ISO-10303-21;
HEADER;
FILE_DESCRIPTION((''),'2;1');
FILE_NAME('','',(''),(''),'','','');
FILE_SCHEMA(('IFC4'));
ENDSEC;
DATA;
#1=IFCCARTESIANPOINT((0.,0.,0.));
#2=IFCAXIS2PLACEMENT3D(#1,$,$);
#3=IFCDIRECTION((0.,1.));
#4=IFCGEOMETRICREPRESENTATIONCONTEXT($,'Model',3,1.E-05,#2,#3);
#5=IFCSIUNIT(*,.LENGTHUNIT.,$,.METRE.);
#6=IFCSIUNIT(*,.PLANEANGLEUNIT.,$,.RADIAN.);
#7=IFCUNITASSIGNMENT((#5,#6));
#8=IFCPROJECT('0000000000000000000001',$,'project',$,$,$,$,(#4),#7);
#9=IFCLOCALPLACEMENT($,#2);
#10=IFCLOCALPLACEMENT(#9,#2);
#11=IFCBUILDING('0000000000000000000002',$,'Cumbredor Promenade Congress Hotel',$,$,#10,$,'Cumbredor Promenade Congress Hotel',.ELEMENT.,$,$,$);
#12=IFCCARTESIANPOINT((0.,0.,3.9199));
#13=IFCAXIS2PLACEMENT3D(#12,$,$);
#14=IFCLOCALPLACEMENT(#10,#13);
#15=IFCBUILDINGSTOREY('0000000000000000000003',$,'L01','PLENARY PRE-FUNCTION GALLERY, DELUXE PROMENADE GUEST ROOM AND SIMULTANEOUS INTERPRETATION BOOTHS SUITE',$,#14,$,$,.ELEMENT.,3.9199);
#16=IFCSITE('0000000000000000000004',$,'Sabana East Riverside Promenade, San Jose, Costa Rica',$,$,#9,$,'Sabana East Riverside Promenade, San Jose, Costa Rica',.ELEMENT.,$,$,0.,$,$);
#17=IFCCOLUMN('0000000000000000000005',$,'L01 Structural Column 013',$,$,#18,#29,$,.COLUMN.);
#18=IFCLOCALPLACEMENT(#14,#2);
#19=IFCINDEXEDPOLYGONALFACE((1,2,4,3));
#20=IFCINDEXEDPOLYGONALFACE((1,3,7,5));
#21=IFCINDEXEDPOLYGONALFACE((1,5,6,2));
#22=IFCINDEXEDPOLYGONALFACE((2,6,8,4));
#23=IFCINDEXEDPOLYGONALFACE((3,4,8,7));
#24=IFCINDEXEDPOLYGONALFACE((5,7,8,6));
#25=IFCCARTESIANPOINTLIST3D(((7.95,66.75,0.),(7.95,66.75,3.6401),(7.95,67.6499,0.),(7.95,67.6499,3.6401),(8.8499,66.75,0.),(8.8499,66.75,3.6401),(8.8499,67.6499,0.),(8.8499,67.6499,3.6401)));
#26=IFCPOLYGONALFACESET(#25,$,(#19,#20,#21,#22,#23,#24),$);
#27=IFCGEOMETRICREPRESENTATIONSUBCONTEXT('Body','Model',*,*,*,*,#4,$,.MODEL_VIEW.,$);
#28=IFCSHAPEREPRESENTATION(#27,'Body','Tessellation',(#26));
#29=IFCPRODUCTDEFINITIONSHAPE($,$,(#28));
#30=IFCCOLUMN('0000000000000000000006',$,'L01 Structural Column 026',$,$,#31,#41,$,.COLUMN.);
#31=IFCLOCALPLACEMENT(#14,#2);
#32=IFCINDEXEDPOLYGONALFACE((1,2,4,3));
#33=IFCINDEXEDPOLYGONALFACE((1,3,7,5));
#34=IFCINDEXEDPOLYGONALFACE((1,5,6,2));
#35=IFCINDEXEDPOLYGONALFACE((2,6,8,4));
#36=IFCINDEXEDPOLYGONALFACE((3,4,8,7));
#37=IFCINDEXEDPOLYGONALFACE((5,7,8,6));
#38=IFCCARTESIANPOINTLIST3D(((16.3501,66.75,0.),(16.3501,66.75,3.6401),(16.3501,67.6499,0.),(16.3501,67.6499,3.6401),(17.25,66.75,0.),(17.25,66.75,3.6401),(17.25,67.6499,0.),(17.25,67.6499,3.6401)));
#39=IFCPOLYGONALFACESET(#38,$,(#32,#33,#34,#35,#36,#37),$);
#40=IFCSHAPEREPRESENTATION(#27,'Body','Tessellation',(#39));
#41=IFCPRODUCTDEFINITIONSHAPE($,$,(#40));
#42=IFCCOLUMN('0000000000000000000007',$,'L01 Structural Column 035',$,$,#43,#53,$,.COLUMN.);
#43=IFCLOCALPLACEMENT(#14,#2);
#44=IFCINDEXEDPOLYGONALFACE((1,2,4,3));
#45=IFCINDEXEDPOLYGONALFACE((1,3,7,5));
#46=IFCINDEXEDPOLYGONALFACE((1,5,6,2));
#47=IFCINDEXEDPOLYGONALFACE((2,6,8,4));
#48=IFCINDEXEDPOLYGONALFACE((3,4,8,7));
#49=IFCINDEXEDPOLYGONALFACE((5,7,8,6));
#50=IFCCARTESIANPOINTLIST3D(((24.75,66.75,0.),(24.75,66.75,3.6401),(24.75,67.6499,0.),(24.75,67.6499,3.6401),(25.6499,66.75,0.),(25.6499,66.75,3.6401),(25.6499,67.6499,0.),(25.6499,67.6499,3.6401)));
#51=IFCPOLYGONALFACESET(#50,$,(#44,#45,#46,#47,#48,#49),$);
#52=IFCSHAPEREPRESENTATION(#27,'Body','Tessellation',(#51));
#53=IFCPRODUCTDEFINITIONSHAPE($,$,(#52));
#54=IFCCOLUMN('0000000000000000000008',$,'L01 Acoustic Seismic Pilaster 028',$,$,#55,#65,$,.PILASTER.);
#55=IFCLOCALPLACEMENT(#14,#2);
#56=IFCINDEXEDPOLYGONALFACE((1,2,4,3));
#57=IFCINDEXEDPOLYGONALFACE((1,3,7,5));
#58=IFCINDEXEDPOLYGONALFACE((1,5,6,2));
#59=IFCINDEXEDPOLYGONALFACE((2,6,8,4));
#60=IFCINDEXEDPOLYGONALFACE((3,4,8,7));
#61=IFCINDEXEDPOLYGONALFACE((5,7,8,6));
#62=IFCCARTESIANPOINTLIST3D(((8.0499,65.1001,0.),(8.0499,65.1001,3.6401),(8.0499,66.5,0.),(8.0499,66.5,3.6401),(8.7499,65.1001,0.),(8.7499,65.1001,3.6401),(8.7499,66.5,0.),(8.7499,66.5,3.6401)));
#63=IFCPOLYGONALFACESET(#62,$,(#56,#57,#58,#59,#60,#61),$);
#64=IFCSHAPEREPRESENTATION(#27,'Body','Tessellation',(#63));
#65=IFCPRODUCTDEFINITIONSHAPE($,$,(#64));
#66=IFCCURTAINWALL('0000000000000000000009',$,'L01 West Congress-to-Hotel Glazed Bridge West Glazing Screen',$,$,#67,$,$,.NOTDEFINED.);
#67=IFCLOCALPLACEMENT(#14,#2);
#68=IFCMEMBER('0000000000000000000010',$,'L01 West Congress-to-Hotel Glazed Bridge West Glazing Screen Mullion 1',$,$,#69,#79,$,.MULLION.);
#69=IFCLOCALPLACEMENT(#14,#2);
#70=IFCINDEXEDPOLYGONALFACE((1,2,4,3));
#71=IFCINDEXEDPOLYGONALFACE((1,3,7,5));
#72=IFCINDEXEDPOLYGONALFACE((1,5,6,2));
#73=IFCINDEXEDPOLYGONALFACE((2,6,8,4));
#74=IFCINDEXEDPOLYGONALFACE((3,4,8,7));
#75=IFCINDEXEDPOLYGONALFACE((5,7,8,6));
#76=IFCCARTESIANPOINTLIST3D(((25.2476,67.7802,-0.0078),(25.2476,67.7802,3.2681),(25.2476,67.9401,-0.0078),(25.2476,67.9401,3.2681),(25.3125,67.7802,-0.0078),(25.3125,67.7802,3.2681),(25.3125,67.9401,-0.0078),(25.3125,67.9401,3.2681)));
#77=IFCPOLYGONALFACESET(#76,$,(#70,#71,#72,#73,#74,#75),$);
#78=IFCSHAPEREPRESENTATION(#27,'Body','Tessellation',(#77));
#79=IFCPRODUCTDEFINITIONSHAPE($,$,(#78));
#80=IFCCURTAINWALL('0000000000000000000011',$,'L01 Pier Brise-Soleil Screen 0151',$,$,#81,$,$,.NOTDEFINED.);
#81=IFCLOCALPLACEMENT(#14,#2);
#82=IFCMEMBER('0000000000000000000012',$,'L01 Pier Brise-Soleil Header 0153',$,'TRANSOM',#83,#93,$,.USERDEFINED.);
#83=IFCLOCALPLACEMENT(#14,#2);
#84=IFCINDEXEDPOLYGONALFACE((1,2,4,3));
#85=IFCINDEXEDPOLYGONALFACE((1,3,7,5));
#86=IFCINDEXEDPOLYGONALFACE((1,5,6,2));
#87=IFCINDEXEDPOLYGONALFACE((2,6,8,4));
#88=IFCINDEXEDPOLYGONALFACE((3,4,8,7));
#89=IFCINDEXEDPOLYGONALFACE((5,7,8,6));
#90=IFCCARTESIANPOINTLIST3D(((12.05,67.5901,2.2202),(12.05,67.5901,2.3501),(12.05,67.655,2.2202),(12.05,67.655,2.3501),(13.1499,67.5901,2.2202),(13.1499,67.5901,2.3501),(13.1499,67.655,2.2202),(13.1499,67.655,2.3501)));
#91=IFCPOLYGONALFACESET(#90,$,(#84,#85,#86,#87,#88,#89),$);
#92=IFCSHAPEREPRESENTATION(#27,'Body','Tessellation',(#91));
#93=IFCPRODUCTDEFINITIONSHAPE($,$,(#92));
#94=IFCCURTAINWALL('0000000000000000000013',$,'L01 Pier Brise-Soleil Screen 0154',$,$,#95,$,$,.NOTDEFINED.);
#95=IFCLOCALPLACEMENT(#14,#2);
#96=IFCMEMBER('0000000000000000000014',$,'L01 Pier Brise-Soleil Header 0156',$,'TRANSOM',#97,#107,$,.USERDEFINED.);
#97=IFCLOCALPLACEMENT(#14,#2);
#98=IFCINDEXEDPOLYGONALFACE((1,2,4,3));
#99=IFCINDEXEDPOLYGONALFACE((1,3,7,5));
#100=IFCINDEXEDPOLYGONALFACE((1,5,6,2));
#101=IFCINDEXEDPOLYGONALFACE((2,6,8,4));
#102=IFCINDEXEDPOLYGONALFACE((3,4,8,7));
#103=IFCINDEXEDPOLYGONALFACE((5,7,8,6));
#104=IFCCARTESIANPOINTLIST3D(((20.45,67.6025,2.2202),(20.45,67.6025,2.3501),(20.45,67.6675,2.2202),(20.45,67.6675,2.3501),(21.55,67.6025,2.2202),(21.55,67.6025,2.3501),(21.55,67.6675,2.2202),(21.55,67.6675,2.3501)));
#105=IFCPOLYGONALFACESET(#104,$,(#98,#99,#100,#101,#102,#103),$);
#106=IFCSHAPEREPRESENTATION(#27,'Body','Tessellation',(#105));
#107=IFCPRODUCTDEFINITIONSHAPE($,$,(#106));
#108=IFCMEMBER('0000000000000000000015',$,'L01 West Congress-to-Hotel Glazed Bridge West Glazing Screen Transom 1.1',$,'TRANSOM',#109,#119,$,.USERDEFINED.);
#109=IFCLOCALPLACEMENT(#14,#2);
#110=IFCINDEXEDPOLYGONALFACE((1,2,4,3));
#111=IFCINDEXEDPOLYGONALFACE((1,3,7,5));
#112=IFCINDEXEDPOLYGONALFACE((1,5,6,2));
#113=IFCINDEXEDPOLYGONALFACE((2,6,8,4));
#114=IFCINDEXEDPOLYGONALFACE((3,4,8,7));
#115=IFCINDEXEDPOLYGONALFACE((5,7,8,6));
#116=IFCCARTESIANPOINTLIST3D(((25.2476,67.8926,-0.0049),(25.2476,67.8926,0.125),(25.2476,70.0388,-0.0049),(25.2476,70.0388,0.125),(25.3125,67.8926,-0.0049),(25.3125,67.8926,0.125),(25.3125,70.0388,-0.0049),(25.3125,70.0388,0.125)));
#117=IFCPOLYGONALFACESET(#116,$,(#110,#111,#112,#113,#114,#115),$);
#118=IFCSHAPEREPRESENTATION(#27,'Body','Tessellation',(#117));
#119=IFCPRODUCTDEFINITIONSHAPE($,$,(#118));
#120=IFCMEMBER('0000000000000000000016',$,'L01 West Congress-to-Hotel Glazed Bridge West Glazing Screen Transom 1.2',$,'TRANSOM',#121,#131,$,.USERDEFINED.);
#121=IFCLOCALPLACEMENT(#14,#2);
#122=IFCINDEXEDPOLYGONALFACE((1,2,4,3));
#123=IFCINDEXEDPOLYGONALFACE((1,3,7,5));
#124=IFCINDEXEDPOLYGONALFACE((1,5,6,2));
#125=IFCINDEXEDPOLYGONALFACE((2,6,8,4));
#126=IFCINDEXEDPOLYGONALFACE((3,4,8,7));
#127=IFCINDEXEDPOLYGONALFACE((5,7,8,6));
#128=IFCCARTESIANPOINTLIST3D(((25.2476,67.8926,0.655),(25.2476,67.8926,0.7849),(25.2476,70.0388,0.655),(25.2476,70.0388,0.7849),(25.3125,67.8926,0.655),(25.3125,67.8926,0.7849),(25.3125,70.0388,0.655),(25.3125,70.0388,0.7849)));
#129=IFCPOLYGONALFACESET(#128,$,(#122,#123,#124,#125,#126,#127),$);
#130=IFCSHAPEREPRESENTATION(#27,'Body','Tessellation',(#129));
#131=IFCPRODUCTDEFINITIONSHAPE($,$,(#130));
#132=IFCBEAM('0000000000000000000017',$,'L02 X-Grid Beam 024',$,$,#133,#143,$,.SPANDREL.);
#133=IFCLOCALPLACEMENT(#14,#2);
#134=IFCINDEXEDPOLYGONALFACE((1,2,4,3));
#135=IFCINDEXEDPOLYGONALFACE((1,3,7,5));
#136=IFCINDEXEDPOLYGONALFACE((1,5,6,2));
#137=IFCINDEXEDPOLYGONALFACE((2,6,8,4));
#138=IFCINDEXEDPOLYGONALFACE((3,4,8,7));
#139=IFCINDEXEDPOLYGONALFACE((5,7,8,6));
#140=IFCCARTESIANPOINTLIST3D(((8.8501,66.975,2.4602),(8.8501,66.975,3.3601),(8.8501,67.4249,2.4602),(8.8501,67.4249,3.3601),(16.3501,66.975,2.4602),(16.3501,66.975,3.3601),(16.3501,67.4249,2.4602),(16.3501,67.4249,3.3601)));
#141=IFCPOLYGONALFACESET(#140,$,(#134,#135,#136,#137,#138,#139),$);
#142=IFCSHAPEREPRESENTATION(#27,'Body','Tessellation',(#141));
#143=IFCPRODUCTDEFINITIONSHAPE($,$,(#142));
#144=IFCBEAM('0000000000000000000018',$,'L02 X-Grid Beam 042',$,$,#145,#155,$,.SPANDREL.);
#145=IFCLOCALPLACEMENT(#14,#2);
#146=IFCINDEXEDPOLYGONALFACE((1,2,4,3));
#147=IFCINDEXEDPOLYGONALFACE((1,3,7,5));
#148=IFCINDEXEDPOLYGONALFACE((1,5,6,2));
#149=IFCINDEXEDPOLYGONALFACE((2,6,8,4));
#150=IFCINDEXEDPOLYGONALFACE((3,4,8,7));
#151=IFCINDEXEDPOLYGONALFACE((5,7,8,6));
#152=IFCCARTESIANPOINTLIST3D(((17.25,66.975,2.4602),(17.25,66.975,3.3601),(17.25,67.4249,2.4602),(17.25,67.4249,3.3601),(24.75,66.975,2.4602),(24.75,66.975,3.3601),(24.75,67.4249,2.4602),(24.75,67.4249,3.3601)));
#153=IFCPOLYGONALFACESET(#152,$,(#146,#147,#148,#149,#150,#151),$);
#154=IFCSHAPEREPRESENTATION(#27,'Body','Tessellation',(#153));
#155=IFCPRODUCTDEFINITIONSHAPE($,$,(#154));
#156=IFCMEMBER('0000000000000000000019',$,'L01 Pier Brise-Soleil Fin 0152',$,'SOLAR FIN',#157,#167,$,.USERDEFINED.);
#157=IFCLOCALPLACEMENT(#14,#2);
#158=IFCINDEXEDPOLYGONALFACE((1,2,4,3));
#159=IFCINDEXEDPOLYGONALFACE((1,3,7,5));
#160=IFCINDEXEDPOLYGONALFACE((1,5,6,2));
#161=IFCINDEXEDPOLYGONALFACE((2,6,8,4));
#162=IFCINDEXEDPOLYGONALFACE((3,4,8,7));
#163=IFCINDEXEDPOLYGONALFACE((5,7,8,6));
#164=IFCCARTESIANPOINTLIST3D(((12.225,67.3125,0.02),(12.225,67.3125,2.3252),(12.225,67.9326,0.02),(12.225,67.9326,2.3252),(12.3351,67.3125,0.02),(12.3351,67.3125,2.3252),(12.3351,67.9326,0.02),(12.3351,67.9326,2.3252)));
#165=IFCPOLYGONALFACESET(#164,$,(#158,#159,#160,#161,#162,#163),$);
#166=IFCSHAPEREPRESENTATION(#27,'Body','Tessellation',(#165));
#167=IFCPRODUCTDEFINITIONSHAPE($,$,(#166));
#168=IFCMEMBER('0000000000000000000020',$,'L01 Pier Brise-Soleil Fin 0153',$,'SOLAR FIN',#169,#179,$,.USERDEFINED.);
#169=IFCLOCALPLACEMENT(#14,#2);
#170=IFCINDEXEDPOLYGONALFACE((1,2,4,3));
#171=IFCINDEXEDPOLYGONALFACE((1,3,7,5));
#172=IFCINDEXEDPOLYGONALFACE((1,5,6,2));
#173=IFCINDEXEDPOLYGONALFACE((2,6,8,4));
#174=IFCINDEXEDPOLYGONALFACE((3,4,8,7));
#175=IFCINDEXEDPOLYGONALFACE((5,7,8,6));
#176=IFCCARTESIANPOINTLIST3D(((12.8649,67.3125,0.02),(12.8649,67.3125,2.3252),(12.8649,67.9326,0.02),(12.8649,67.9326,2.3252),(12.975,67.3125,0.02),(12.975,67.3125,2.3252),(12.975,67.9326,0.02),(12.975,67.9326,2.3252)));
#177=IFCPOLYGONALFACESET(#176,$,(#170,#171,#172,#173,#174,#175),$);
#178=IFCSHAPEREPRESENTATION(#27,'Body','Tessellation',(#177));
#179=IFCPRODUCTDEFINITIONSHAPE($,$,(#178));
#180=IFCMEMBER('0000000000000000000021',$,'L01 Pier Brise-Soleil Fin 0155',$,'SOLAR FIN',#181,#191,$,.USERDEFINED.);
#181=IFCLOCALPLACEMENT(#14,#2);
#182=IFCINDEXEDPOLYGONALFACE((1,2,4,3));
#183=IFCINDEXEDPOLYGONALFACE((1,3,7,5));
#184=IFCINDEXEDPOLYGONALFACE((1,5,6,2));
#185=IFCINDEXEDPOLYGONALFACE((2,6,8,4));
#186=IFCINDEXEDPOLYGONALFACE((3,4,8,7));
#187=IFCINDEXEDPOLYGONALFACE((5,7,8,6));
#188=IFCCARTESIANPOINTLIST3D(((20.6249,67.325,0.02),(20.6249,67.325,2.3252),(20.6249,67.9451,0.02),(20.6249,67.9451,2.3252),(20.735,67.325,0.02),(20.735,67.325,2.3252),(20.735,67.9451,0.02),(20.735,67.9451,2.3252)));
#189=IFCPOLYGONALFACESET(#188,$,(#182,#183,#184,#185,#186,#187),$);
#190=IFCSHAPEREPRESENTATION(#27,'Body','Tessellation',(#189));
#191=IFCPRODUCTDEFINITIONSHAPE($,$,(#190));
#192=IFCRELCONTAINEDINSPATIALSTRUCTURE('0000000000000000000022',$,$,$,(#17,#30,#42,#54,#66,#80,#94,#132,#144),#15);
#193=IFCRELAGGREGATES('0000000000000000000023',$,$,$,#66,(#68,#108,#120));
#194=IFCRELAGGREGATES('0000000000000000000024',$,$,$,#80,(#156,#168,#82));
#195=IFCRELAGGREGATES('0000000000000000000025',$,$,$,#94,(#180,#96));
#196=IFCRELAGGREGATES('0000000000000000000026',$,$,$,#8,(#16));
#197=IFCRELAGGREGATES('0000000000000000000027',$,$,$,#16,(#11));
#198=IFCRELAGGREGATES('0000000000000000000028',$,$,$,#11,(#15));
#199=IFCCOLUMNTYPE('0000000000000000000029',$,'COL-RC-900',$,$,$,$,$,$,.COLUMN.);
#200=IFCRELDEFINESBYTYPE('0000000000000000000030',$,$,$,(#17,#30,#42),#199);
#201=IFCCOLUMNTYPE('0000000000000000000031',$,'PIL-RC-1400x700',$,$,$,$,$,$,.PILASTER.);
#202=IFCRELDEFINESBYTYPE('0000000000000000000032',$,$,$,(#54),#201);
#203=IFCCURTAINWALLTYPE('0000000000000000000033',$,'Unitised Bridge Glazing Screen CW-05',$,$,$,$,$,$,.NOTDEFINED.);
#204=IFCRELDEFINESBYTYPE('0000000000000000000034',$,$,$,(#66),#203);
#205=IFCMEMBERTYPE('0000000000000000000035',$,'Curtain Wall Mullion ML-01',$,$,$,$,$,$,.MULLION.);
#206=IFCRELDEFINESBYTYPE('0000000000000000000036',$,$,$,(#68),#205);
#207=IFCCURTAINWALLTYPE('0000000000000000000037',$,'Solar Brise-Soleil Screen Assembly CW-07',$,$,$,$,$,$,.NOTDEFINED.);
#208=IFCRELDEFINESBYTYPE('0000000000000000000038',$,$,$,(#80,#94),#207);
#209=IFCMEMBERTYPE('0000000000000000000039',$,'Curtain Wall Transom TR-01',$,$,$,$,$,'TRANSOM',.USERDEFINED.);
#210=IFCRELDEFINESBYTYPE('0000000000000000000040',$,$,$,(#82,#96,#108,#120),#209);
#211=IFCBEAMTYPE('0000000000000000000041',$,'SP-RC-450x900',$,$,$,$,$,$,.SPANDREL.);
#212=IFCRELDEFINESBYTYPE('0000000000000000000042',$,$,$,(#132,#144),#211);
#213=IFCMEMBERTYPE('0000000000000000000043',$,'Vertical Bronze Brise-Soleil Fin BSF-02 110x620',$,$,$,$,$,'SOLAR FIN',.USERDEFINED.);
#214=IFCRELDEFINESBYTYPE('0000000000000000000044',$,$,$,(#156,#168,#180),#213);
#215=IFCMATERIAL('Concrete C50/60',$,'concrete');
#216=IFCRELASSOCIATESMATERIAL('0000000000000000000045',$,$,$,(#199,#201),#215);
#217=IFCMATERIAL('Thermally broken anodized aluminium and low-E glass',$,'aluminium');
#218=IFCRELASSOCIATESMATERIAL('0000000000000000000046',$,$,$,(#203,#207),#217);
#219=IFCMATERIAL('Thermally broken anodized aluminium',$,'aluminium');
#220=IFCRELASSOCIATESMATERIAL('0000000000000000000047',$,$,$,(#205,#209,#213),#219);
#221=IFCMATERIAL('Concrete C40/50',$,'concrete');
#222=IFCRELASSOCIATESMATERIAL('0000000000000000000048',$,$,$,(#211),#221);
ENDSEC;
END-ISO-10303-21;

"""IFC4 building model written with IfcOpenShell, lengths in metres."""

from ifc_helpers import new_model, si_unit, direction, frame, origin, origin_2d, place, context, subcontext, project, spatial, rectangle, extrude, material, material_profile, profile_set, type_object, element, aggregate, save


model = new_model("IFC4")

# Units and contexts
model_context = context("Model", 3, precision=1e-05, world=origin(), true_north=direction((0.0, 1.0)))
body_context = subcontext(model_context, "Body", "Model", "MODEL_VIEW")
ifc_project = project(units=[si_unit("LENGTHUNIT", "METRE"), si_unit("PLANEANGLEUNIT", "RADIAN")], contexts=[model_context])

# Site, building, storey
site_placement = place(None, origin())
site = spatial("IfcSite", under=ifc_project, at=site_placement, Name="Sabana East Riverside Promenade, San Jose, Costa Rica", LongName="Sabana East Riverside Promenade, San Jose, Costa Rica", CompositionType="ELEMENT", RefElevation=0.0)
building_placement = place(site_placement, origin())
building = spatial("IfcBuilding", under=site, at=building_placement, Name="Cumbredor Promenade Congress Hotel", LongName="Cumbredor Promenade Congress Hotel", CompositionType="ELEMENT")
storey_placement = place(building_placement, frame((0.0, 0.0, 3.9199)))
storey = spatial("IfcBuildingStorey", under=building, at=storey_placement, Name="L01", Description="PLENARY PRE-FUNCTION GALLERY, DELUXE PROMENADE GUEST ROOM AND SIMULTANEOUS INTERPRETATION BOOTHS SUITE", CompositionType="ELEMENT", Elevation=3.9199)

# Columns
ifc_material_1 = material(Name="Concrete C50/60", Category="concrete")
ifc_material_profile_1 = material_profile(ifc_material_1, rectangle(XDim=0.8999, YDim=0.8999, at=origin_2d()), Name="RC 900x900")
ifc_profile_set_1 = profile_set([ifc_material_profile_1], Name="Concrete C50/60")
column_type_1 = type_object("IfcColumnType", Name="COL-RC-900", PredefinedType="COLUMN", material=ifc_profile_set_1)
for number, where, z_axis, x_axis, name in (
    (1, (8.3999, 67.2, 0.0), (0.0, 0.0, 1.0), (1.0, 0.0, 0.0), "L01 Structural Column 013"),
    (2, (16.8, 67.2, 0.0), (0.0, 0.0, 1.0), (1.0, 0.0, 0.0), "L01 Structural Column 026"),
    (3, (25.2, 67.2, 0.0), (0.0, 0.0, 1.0), (1.0, 0.0, 0.0), "L01 Structural Column 035"),
):
    element("IfcColumn", number, at=place(storey_placement, frame(where, z_axis=z_axis, x_axis=x_axis)), inside=storey, type_object=column_type_1, Name=name, PredefinedType="COLUMN", context=body_context, shape_type="SweptSolid", body=[
        extrude(rectangle(XDim=0.8999, YDim=0.8999, at=origin_2d()), origin(), (0.0, 0.0, 1.0), 3.6401),
    ])
ifc_material_profile_2 = material_profile(ifc_material_1, rectangle(XDim=0.7, YDim=1.3999, at=origin_2d()), Name="RC PILASTER 1400x700")
ifc_profile_set_2 = profile_set([ifc_material_profile_2], Name="Concrete C50/60")
column_type_2 = type_object("IfcColumnType", Name="PIL-RC-1400x700", PredefinedType="PILASTER", material=ifc_profile_set_2)
column_placement = place(storey_placement, frame((8.3999, 65.8, 0.0), z_axis=(0.0, 0.0, 1.0), x_axis=(1.0, 0.0, 0.0)))
element("IfcColumn", 4, at=column_placement, inside=storey, type_object=column_type_2, Name="L01 Acoustic Seismic Pilaster 028", PredefinedType="PILASTER", context=body_context, shape_type="SweptSolid", body=[
    extrude(rectangle(XDim=0.7, YDim=1.3999, at=origin_2d()), origin(), (0.0, 0.0, 1.0), 3.6401),
])

# Curtain walls, members
ifc_material_2 = material(Name="Thermally broken anodized aluminium and low-E glass", Category="aluminium")
curtain_wall_type_1 = type_object("IfcCurtainWallType", Name="Unitised Bridge Glazing Screen CW-05", PredefinedType="NOTDEFINED", material=ifc_material_2)
curtain_wall_1_placement = place(storey_placement, origin())
curtain_wall_1 = element("IfcCurtainWall", 5, at=curtain_wall_1_placement, inside=storey, type_object=curtain_wall_type_1, Name="L01 West Congress-to-Hotel Glazed Bridge West Glazing Screen", PredefinedType="NOTDEFINED")
ifc_material_3 = material(Name="Thermally broken anodized aluminium", Category="aluminium")
ifc_material_profile_3 = material_profile(ifc_material_3, rectangle(XDim=0.0649, YDim=0.1599, at=origin_2d()), Name="ALU MULLION 65x160")
ifc_profile_set_3 = profile_set([ifc_material_profile_3], Name="Thermally broken anodized aluminium")
member_type_1 = type_object("IfcMemberType", Name="Curtain Wall Mullion ML-01", PredefinedType="MULLION", material=ifc_profile_set_3)
member_1_placement = place(storey_placement, frame((25.28, 67.8601, -0.0078), z_axis=(0.0, 0.0, 1.0), x_axis=(1.0, 0.0, 0.0)))
member_1 = element("IfcMember", 6, at=member_1_placement, type_object=member_type_1, Name="L01 West Congress-to-Hotel Glazed Bridge West Glazing Screen Mullion 1", PredefinedType="MULLION", context=body_context, shape_type="SweptSolid", body=[
    extrude(rectangle(XDim=0.0649, YDim=0.1599, at=origin_2d()), origin(), (0.0, 0.0, 1.0), 3.2759),
])
curtain_wall_type_2 = type_object("IfcCurtainWallType", Name="Solar Brise-Soleil Screen Assembly CW-07", PredefinedType="NOTDEFINED", material=ifc_material_2)
curtain_wall_2_placement = place(storey_placement, origin())
curtain_wall_2 = element("IfcCurtainWall", 7, at=curtain_wall_2_placement, inside=storey, type_object=curtain_wall_type_2, Name="L01 Pier Brise-Soleil Screen 0151", PredefinedType="NOTDEFINED")
ifc_material_profile_4 = material_profile(ifc_material_3, rectangle(XDim=0.0649, YDim=0.1299, at=origin_2d()), Name="ALU TRANSOM 65x130")
ifc_profile_set_4 = profile_set([ifc_material_profile_4], Name="Thermally broken anodized aluminium")
member_type_2 = type_object("IfcMemberType", Name="Curtain Wall Transom TR-01", ElementType="TRANSOM", PredefinedType="USERDEFINED", material=ifc_profile_set_4)
member_2_placement = place(storey_placement, frame((12.05, 67.6226, 2.2852), z_axis=(1.0, 0.0, 0.0), x_axis=(0.0, 1.0, 0.0)))
member_2 = element("IfcMember", 8, at=member_2_placement, type_object=member_type_2, Name="L01 Pier Brise-Soleil Header 0153", ObjectType="TRANSOM", PredefinedType="USERDEFINED", context=body_context, shape_type="SweptSolid", body=[
    extrude(rectangle(XDim=0.0649, YDim=0.1299, at=origin_2d()), origin(), (0.0, 0.0, 1.0), 1.0999),
])
curtain_wall_3_placement = place(storey_placement, origin())
curtain_wall_3 = element("IfcCurtainWall", 9, at=curtain_wall_3_placement, inside=storey, type_object=curtain_wall_type_2, Name="L01 Pier Brise-Soleil Screen 0154", PredefinedType="NOTDEFINED")
member_3_placement = place(storey_placement, frame((20.45, 67.635, 2.2852), z_axis=(1.0, 0.0, 0.0), x_axis=(0.0, 1.0, 0.0)))
member_3 = element("IfcMember", 10, at=member_3_placement, type_object=member_type_2, Name="L01 Pier Brise-Soleil Header 0156", ObjectType="TRANSOM", PredefinedType="USERDEFINED", context=body_context, shape_type="SweptSolid", body=[
    extrude(rectangle(XDim=0.0649, YDim=0.1299, at=origin_2d()), origin(), (0.0, 0.0, 1.0), 1.1001),
])

# Members
member_4_placement = place(storey_placement, frame((25.28, 67.8926, 0.0601), z_axis=(0.0, 1.0, 0.0), x_axis=(-1.0, 0.0, 0.0)))
member_4 = element("IfcMember", 11, at=member_4_placement, type_object=member_type_2, Name="L01 West Congress-to-Hotel Glazed Bridge West Glazing Screen Transom 1.1", ObjectType="TRANSOM", PredefinedType="USERDEFINED", context=body_context, shape_type="SweptSolid", body=[
    extrude(rectangle(XDim=0.0649, YDim=0.1299, at=origin_2d()), origin(), (0.0, 0.0, 1.0), 2.1462),
])
member_5_placement = place(storey_placement, frame((25.28, 67.8926, 0.72), z_axis=(0.0, 1.0, 0.0), x_axis=(-1.0, 0.0, 0.0)))
member_5 = element("IfcMember", 12, at=member_5_placement, type_object=member_type_2, Name="L01 West Congress-to-Hotel Glazed Bridge West Glazing Screen Transom 1.2", ObjectType="TRANSOM", PredefinedType="USERDEFINED", context=body_context, shape_type="SweptSolid", body=[
    extrude(rectangle(XDim=0.0649, YDim=0.1299, at=origin_2d()), origin(), (0.0, 0.0, 1.0), 2.1462),
])
aggregate(curtain_wall_1, [member_1, member_4, member_5])

# Beams
ifc_material_4 = material(Name="Concrete C40/50", Category="concrete")
ifc_material_profile_5 = material_profile(ifc_material_4, rectangle(XDim=0.45, YDim=0.8999, at=origin_2d()), Name="RC SPANDREL 450x900")
ifc_profile_set_5 = profile_set([ifc_material_profile_5], Name="Concrete C40/50")
beam_type = type_object("IfcBeamType", Name="SP-RC-450x900", PredefinedType="SPANDREL", material=ifc_profile_set_5)
for number, where, z_axis, x_axis, name in (
    (13, (8.8501, 67.2, 2.9102), (1.0, 0.0, 0.0), (0.0, 1.0, 0.0), "L02 X-Grid Beam 024"),
    (14, (17.25, 67.2, 2.9102), (1.0, 0.0, 0.0), (0.0, 1.0, 0.0), "L02 X-Grid Beam 042"),
):
    element("IfcBeam", number, at=place(storey_placement, frame(where, z_axis=z_axis, x_axis=x_axis)), inside=storey, type_object=beam_type, Name=name, PredefinedType="SPANDREL", context=body_context, shape_type="SweptSolid", body=[
        extrude(rectangle(XDim=0.45, YDim=0.8999, at=origin_2d()), origin(), (0.0, 0.0, 1.0), 7.5),
    ])

# Members
ifc_material_profile_6 = material_profile(ifc_material_3, rectangle(XDim=0.1101, YDim=0.6201, at=origin_2d()), Name="ARCH FIN 110x620")
ifc_profile_set_6 = profile_set([ifc_material_profile_6], Name="Thermally broken anodized aluminium")
member_type_3 = type_object("IfcMemberType", Name="Vertical Bronze Brise-Soleil Fin BSF-02 110x620", ElementType="SOLAR FIN", PredefinedType="USERDEFINED", material=ifc_profile_set_6)
member_6_placement = place(storey_placement, frame((12.28, 67.6226, 0.02), z_axis=(0.0, 0.0, 1.0), x_axis=(1.0, 0.0, 0.0)))
member_6 = element("IfcMember", 15, at=member_6_placement, type_object=member_type_3, Name="L01 Pier Brise-Soleil Fin 0152", ObjectType="SOLAR FIN", PredefinedType="USERDEFINED", context=body_context, shape_type="SweptSolid", body=[
    extrude(rectangle(XDim=0.1101, YDim=0.6201, at=origin_2d()), origin(), (0.0, 0.0, 1.0), 2.3052),
])
member_7_placement = place(storey_placement, frame((12.9199, 67.6226, 0.02), z_axis=(0.0, 0.0, 1.0), x_axis=(1.0, 0.0, 0.0)))
member_7 = element("IfcMember", 16, at=member_7_placement, type_object=member_type_3, Name="L01 Pier Brise-Soleil Fin 0153", ObjectType="SOLAR FIN", PredefinedType="USERDEFINED", context=body_context, shape_type="SweptSolid", body=[
    extrude(rectangle(XDim=0.1101, YDim=0.6201, at=origin_2d()), origin(), (0.0, 0.0, 1.0), 2.3052),
])
aggregate(curtain_wall_2, [member_6, member_7, member_2])
member_8_placement = place(storey_placement, frame((20.6799, 67.635, 0.02), z_axis=(0.0, 0.0, 1.0), x_axis=(1.0, 0.0, 0.0)))
member_8 = element("IfcMember", 17, at=member_8_placement, type_object=member_type_3, Name="L01 Pier Brise-Soleil Fin 0155", ObjectType="SOLAR FIN", PredefinedType="USERDEFINED", context=body_context, shape_type="SweptSolid", body=[
    extrude(rectangle(XDim=0.1101, YDim=0.6201, at=origin_2d()), origin(), (0.0, 0.0, 1.0), 2.3052),
])
aggregate(curtain_wall_3, [member_8, member_3])

save(model, "model.ifc")
